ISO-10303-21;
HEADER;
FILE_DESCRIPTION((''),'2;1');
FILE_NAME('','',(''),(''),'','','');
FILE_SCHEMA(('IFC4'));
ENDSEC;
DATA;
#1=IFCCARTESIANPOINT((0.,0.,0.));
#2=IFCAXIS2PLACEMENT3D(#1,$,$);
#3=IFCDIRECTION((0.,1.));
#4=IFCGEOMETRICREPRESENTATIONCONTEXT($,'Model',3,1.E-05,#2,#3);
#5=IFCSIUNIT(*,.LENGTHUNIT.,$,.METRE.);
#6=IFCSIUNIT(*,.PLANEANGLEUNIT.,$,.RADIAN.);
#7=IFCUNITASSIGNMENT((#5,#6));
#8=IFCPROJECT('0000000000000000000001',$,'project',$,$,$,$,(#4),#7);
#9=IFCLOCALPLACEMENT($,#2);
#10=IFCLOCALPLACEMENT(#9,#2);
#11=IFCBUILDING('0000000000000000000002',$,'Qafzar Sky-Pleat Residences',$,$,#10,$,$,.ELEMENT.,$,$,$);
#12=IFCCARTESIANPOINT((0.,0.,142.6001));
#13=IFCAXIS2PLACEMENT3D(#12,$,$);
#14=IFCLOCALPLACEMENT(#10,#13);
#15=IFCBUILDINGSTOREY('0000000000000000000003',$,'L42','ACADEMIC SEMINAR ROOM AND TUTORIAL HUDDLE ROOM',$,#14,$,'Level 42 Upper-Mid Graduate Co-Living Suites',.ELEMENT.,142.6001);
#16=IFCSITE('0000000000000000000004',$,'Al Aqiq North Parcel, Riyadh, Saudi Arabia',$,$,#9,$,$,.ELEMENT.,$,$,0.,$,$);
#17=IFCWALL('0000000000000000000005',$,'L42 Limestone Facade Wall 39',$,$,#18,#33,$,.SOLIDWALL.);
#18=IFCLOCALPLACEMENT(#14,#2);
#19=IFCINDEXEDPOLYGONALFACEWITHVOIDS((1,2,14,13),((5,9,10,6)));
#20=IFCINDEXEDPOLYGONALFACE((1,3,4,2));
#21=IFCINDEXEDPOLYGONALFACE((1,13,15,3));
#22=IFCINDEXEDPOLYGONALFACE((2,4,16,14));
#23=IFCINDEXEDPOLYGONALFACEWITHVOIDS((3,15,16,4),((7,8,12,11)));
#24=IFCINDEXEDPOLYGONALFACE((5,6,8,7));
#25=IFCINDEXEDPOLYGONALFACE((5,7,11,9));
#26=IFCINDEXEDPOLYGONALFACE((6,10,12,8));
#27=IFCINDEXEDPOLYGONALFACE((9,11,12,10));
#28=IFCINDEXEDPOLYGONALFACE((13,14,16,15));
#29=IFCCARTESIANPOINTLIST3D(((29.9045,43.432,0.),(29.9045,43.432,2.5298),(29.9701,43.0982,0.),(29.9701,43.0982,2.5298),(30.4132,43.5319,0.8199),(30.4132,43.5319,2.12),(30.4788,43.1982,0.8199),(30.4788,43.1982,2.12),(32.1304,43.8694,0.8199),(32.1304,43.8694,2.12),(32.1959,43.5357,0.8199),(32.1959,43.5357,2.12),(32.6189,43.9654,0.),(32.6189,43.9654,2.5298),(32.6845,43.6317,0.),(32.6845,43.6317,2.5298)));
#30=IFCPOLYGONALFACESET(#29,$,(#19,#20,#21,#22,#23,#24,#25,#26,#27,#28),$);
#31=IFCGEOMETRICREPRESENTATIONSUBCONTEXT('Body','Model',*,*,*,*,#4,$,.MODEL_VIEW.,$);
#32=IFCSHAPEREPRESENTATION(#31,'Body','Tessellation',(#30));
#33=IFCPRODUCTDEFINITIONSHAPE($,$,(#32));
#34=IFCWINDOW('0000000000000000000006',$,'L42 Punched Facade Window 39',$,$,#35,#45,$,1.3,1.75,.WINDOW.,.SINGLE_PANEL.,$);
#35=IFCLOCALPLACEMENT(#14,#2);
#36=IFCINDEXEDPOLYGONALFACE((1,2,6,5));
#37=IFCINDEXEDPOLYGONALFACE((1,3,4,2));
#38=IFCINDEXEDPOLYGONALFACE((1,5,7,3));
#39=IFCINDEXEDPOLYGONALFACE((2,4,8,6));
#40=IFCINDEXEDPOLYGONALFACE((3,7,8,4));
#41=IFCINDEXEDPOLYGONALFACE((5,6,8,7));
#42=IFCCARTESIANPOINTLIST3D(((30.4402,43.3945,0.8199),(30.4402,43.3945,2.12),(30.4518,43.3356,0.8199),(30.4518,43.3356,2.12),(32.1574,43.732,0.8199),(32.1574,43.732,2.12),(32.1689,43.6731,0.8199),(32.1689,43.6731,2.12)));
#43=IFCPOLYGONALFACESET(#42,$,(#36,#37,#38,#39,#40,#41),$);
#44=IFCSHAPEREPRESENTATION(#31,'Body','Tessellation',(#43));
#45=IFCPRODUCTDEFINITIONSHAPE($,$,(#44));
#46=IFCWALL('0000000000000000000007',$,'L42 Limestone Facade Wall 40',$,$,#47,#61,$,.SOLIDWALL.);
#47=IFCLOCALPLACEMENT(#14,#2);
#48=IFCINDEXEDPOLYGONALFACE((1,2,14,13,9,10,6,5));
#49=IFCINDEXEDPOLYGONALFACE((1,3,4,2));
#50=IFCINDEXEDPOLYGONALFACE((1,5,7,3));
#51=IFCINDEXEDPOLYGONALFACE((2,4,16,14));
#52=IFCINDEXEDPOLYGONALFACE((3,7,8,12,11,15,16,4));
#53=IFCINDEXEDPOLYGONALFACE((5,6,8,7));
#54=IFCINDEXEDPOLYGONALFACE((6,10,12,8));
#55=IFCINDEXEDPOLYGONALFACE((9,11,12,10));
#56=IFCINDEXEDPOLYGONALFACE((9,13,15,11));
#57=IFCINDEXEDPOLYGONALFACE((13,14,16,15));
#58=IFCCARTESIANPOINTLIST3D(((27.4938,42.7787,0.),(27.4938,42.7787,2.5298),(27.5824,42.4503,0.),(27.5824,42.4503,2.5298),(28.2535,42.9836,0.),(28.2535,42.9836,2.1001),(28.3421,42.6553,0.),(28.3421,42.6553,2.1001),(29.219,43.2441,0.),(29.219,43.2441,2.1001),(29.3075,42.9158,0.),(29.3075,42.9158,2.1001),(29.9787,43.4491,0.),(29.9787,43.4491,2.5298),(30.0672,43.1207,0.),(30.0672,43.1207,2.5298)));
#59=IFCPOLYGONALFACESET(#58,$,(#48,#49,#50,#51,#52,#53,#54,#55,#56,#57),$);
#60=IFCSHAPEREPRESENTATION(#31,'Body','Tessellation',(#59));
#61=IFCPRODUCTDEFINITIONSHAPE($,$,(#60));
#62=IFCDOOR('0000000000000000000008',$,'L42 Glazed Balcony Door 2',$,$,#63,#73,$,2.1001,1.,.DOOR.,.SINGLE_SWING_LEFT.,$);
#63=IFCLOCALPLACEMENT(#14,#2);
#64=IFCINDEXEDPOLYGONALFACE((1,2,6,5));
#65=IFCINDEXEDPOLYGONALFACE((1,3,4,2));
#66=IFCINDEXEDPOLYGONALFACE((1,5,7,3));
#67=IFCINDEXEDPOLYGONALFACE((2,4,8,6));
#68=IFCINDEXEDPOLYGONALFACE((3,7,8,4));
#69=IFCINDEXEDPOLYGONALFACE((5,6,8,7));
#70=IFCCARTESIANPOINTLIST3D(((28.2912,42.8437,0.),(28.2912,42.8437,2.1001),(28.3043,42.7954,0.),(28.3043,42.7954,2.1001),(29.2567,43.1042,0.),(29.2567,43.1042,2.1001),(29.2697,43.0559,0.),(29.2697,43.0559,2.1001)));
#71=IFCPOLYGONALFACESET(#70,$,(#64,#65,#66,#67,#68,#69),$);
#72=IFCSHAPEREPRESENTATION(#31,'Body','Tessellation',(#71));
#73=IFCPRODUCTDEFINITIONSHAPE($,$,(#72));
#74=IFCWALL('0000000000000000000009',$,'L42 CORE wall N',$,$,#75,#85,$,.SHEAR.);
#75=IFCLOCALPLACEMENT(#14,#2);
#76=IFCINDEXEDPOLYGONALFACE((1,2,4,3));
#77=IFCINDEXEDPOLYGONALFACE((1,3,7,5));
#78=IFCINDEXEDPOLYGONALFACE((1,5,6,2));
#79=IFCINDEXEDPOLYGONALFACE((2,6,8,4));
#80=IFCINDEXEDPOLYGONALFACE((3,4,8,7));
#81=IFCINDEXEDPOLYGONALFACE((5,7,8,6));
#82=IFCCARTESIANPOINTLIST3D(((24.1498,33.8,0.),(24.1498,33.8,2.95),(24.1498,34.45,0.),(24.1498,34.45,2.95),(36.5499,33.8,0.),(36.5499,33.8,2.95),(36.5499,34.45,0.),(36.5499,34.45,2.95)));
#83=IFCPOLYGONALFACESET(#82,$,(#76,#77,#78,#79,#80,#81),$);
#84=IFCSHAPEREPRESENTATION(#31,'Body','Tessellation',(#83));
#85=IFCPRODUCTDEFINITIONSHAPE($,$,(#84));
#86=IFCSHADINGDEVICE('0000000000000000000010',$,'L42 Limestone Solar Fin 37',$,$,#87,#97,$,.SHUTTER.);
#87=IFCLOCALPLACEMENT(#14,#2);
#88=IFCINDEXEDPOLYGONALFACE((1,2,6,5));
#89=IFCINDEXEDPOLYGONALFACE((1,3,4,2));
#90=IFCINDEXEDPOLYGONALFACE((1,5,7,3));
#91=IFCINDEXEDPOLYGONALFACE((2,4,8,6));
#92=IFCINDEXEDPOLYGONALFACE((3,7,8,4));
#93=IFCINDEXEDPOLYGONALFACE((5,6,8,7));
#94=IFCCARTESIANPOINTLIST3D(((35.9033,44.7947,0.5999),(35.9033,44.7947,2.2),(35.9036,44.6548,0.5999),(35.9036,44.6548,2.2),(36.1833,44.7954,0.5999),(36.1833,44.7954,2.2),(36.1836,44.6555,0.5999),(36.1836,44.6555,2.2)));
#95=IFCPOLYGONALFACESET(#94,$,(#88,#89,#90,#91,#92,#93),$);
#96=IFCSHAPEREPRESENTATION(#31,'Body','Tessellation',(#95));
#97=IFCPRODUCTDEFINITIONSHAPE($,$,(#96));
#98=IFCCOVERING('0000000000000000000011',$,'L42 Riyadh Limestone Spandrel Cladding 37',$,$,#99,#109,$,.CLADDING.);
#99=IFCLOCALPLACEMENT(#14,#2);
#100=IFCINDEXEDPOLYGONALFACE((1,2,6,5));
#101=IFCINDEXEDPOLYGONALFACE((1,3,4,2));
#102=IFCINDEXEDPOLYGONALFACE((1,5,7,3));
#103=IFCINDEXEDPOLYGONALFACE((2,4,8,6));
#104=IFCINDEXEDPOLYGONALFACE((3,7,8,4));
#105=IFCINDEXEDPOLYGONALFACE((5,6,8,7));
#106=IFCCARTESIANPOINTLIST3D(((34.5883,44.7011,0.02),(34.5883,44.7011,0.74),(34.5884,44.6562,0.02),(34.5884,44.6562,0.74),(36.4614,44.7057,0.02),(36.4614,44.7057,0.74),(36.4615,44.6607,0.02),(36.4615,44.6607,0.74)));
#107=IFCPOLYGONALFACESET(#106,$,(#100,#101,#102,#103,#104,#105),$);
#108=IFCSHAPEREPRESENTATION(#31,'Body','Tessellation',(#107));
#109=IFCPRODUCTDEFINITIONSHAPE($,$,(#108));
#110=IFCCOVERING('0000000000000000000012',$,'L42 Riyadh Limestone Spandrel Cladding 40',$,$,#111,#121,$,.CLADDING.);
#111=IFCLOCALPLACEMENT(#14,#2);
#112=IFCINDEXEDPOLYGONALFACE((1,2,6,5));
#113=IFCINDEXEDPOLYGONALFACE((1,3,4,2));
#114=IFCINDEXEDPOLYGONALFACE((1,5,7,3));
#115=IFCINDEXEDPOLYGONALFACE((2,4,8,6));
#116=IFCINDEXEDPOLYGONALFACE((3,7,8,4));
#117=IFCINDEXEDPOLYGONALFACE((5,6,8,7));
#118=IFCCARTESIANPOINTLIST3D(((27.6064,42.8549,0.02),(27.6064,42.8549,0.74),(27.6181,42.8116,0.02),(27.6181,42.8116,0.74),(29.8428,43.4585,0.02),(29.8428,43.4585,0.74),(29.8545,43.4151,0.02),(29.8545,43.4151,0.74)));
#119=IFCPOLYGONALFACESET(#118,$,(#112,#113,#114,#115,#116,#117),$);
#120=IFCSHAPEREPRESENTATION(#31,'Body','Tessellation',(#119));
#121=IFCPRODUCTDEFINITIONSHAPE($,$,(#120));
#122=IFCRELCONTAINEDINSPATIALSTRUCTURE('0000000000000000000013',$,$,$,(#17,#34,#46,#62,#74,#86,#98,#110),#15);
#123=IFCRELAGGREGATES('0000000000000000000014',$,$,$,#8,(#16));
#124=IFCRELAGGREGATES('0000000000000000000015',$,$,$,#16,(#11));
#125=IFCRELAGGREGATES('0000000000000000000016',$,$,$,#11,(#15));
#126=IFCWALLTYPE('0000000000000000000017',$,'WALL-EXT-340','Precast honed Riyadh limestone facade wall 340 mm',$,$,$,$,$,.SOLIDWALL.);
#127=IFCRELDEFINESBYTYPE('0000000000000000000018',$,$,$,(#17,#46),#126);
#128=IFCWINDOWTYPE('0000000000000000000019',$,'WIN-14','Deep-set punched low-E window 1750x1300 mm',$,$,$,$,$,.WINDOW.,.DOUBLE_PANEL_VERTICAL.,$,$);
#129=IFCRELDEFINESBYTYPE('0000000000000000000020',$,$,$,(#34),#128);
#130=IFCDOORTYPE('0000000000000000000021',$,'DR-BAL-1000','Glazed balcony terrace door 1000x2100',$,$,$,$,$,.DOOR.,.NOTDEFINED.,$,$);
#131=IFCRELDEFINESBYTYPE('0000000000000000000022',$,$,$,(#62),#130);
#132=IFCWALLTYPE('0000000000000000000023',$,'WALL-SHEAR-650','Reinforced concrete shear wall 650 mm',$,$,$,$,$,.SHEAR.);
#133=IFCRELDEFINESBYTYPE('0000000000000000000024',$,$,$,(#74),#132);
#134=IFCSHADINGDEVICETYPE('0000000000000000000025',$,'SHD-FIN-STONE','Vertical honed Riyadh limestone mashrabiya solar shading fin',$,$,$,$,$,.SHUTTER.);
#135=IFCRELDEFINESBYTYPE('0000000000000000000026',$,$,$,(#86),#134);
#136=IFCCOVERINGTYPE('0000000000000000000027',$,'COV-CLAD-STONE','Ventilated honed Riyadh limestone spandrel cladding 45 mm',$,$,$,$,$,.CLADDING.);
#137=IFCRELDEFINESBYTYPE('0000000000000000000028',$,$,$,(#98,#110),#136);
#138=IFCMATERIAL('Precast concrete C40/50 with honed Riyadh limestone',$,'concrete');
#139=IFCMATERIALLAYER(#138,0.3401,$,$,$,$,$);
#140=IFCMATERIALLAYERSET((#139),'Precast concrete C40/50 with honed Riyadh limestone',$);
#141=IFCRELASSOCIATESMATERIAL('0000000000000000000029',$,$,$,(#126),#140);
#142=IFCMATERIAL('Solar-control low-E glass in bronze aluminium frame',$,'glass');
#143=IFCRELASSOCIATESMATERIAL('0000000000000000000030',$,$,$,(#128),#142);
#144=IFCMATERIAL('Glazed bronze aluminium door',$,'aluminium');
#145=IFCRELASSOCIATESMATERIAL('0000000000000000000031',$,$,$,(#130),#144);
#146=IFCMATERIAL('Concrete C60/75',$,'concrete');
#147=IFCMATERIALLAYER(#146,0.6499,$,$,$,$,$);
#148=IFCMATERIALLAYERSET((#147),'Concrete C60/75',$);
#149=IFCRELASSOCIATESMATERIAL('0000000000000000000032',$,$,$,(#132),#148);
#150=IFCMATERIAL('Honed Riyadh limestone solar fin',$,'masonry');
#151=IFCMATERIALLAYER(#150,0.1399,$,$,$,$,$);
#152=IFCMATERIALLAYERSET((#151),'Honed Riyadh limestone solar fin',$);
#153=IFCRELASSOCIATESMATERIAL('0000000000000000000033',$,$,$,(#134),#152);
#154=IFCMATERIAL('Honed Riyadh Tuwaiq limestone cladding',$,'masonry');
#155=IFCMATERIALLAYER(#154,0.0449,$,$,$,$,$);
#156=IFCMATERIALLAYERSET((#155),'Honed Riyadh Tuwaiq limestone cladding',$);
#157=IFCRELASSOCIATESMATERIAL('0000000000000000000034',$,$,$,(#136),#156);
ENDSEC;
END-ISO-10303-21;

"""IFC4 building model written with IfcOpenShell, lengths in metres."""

from ifc_helpers import new_model, si_unit, direction, frame, frame_2d, origin, origin_2d, place, context, subcontext, project, spatial, rectangle, extrude, source, transform, mapped, material, layer, layer_set, type_object, element, fill, save


model = new_model("IFC4")

# Units and contexts
model_context = context("Model", 3, precision=1e-05, world=origin(), true_north=direction((0.0, 1.0)))
body_context = subcontext(model_context, "Body", "Model", "MODEL_VIEW")
ifc_project = project(units=[si_unit("LENGTHUNIT", "METRE"), si_unit("PLANEANGLEUNIT", "RADIAN")], contexts=[model_context])

# Site, building, storey
site_placement = place(None, origin())
site = spatial("IfcSite", under=ifc_project, at=site_placement, Name="Al Aqiq North Parcel, Riyadh, Saudi Arabia", CompositionType="ELEMENT", RefElevation=0.0)
building_placement = place(site_placement, origin())
building = spatial("IfcBuilding", under=site, at=building_placement, Name="Qafzar Sky-Pleat Residences", CompositionType="ELEMENT")
storey_placement = place(building_placement, frame((0.0, 0.0, 142.6001)))
storey = spatial("IfcBuildingStorey", under=building, at=storey_placement, Name="L42", Description="ACADEMIC SEMINAR ROOM AND TUTORIAL HUDDLE ROOM", LongName="Level 42 Upper-Mid Graduate Co-Living Suites", CompositionType="ELEMENT", Elevation=142.6001)

# Wall, opening, window
ifc_material_1 = material(Name="Precast concrete C40/50 with honed Riyadh limestone", Category="concrete")
ifc_layer_1 = layer(ifc_material_1, 0.3401)
ifc_layer_set_1 = layer_set([ifc_layer_1], Name="Precast concrete C40/50 with honed Riyadh limestone")
wall_type_1 = type_object("IfcWallType", Name="WALL-EXT-340", Description="Precast honed Riyadh limestone facade wall 340 mm", PredefinedType="SOLIDWALL", material=ifc_layer_set_1)
ifc_material_2 = material(Name="Solar-control low-E glass in bronze aluminium frame", Category="glass")
wall_1_placement = place(storey_placement, frame((32.6519, 43.7986, 0.0), z_axis=(0.0, 0.0, 1.0), x_axis=(-0.98123, -0.192839, 0.0)))
wall_1 = element("IfcWall", 1, at=wall_1_placement, inside=storey, type_object=wall_type_1, Name="L42 Limestone Facade Wall 39", PredefinedType="SOLIDWALL", context=body_context, shape_type="SweptSolid", body=[
    extrude(rectangle(XDim=2.7664, YDim=0.3401, at=frame_2d((1.3833, 0.0))), origin(), (0.0, 0.0, 1.0), 2.5298),
])
opening_1_placement = place(wall_1_placement, frame((0.498, 0.0, 0.8201)))
opening_1 = element("IfcOpeningElement", 2, at=opening_1_placement, cuts=wall_1, PredefinedType="OPENING", context=body_context, shape_type="SweptSolid", body=[
    extrude(rectangle(XDim=1.75, YDim=1.3, at=frame_2d((0.875, 0.6499))), frame((0.0, 0.1802, 0.0), z_axis=(0.0, -1.0, 0.0), x_axis=(1.0, 0.0, 0.0)), (0.0, 0.0, 1.0), 0.3601),
])
window_type_1 = type_object("IfcWindowType", Name="WIN-14", Description="Deep-set punched low-E window 1750x1300 mm", PartitioningType="DOUBLE_PANEL_VERTICAL", PredefinedType="WINDOW", material=ifc_material_2)
shared_shape_1 = source(origin(), body_context, "Body", "SweptSolid", [
    extrude(rectangle(XDim=1.75, YDim=1.3, at=frame_2d((0.875, 0.6499))), frame((0.0, 0.03, 0.0), z_axis=(0.0, -1.0, 0.0), x_axis=(1.0, 0.0, 0.0)), (0.0, 0.0, 1.0), 0.0601),
])
window_1_placement = place(opening_1_placement, origin())
window_1 = element("IfcWindow", 3, at=window_1_placement, inside=storey, type_object=window_type_1, Name="L42 Punched Facade Window 39", OverallHeight=1.3, OverallWidth=1.75, PartitioningType="SINGLE_PANEL", PredefinedType="WINDOW", context=body_context, shape_type="MappedRepresentation", body=[
    mapped(shared_shape_1, transform((0.0, 0.0, 0.0), x_axis=(1.0, 0.0, 0.0), y_axis=(0.0, 1.0, 0.0), z_axis=(0.0, 0.0, 1.0), scale=1.0)),
])
fill(opening_1, window_1)

# Wall, opening, door
wall_2_placement = place(storey_placement, frame((30.0229, 43.2849, 0.0), z_axis=(0.0, 0.0, 1.0), x_axis=(-0.965478, -0.260484, 0.0)))
wall_2 = element("IfcWall", 4, at=wall_2_placement, inside=storey, type_object=wall_type_1, Name="L42 Limestone Facade Wall 40", PredefinedType="SOLIDWALL", context=body_context, shape_type="SweptSolid", body=[
    extrude(rectangle(XDim=2.5737, YDim=0.3401, at=frame_2d((1.2869, 0.0))), origin(), (0.0, 0.0, 1.0), 2.5298),
])
opening_2_placement = place(wall_2_placement, frame((0.7869, 0.0, 0.0)))
opening_2 = element("IfcOpeningElement", 5, at=opening_2_placement, cuts=wall_2, PredefinedType="OPENING", context=body_context, shape_type="SweptSolid", body=[
    extrude(rectangle(XDim=1.0, YDim=2.1001, at=frame_2d((0.5, 1.05))), frame((0.0, 0.1802, 0.0), z_axis=(0.0, -1.0, 0.0), x_axis=(1.0, 0.0, 0.0)), (0.0, 0.0, 1.0), 0.3601),
])
ifc_material_3 = material(Name="Glazed bronze aluminium door", Category="aluminium")
door_type_1 = type_object("IfcDoorType", Name="DR-BAL-1000", Description="Glazed balcony terrace door 1000x2100", OperationType="NOTDEFINED", PredefinedType="DOOR", material=ifc_material_3)
shared_shape_2 = source(origin(), body_context, "Body", "SweptSolid", [
    extrude(rectangle(XDim=1.0, YDim=2.1001, at=frame_2d((0.5, 1.05))), frame((0.0, 0.0249, 0.0), z_axis=(0.0, -1.0, 0.0), x_axis=(1.0, 0.0, 0.0)), (0.0, 0.0, 1.0), 0.05),
])
door_1_placement = place(opening_2_placement, origin())
door_1 = element("IfcDoor", 6, at=door_1_placement, inside=storey, type_object=door_type_1, Name="L42 Glazed Balcony Door 2", OperationType="SINGLE_SWING_LEFT", OverallHeight=2.1001, OverallWidth=1.0, PredefinedType="DOOR", context=body_context, shape_type="MappedRepresentation", body=[
    mapped(shared_shape_2, transform((0.0, 0.0, 0.0), x_axis=(1.0, 0.0, 0.0), y_axis=(0.0, 1.0, 0.0), z_axis=(0.0, 0.0, 1.0), scale=1.0)),
])
fill(opening_2, door_1)

# Wall
ifc_material_4 = material(Name="Concrete C60/75", Category="concrete")
ifc_layer_2 = layer(ifc_material_4, 0.6499)
ifc_layer_set_2 = layer_set([ifc_layer_2], Name="Concrete C60/75")
wall_type_2 = type_object("IfcWallType", Name="WALL-SHEAR-650", Description="Reinforced concrete shear wall 650 mm", PredefinedType="SHEAR", material=ifc_layer_set_2)
wall_3_placement = place(storey_placement, frame((36.55, 34.125, 0.0), z_axis=(0.0, 0.0, 1.0), x_axis=(-1.0, 0.0, 0.0)))
element("IfcWall", 7, at=wall_3_placement, inside=storey, type_object=wall_type_2, Name="L42 CORE wall N", PredefinedType="SHEAR", context=body_context, shape_type="SweptSolid", body=[
    extrude(rectangle(XDim=12.4001, YDim=0.6499, at=frame_2d((6.2002, 0.0))), origin(), (0.0, 0.0, 1.0), 2.95),
])

# Shading device
ifc_material_5 = material(Name="Honed Riyadh limestone solar fin", Category="masonry")
ifc_layer_3 = layer(ifc_material_5, 0.1399)
ifc_layer_set_3 = layer_set([ifc_layer_3], Name="Honed Riyadh limestone solar fin")
shading_device_type = type_object("IfcShadingDeviceType", Name="SHD-FIN-STONE", Description="Vertical honed Riyadh limestone mashrabiya solar shading fin", PredefinedType="SHUTTER", material=ifc_layer_set_3)
shared_shape_3 = source(origin(), body_context, "Body", "SweptSolid", [
    extrude(rectangle(XDim=0.1399, YDim=0.28, at=origin_2d()), origin(), (0.0, 0.0, 1.0), 1.6001),
])
shading_device_placement = place(storey_placement, frame((36.0435, 44.7251, 0.5999), z_axis=(0.0, 0.0, 1.0), x_axis=(-0.002444, 0.999997, 0.0)))
element("IfcShadingDevice", 8, at=shading_device_placement, inside=storey, type_object=shading_device_type, Name="L42 Limestone Solar Fin 37", PredefinedType="SHUTTER", context=body_context, shape_type="MappedRepresentation", body=[
    mapped(shared_shape_3, transform((0.0, 0.0, 0.0), x_axis=(1.0, 0.0, 0.0), y_axis=(0.0, 1.0, 0.0), z_axis=(0.0, 0.0, 1.0), scale=1.0)),
])

# Covering
ifc_material_6 = material(Name="Honed Riyadh Tuwaiq limestone cladding", Category="masonry")
ifc_layer_4 = layer(ifc_material_6, 0.0449)
ifc_layer_set_4 = layer_set([ifc_layer_4], Name="Honed Riyadh Tuwaiq limestone cladding")
covering_type = type_object("IfcCoveringType", Name="COV-CLAD-STONE", Description="Ventilated honed Riyadh limestone spandrel cladding 45 mm", PredefinedType="CLADDING", material=ifc_layer_set_4)
shared_shape_4 = source(origin(), body_context, "Body", "SweptSolid", [
    extrude(rectangle(XDim=1.873, YDim=0.0449, at=origin_2d()), origin(), (0.0, 0.0, 1.0), 0.72),
])
covering_1_placement = place(storey_placement, frame((35.5249, 44.6809, 0.02), z_axis=(0.0, 0.0, 1.0), x_axis=(-0.999997, -0.002451, 0.0)))
element("IfcCovering", 9, at=covering_1_placement, inside=storey, type_object=covering_type, Name="L42 Riyadh Limestone Spandrel Cladding 37", PredefinedType="CLADDING", context=body_context, shape_type="MappedRepresentation", body=[
    mapped(shared_shape_4, transform((0.0, 0.0, 0.0), x_axis=(1.0, 0.0, 0.0), y_axis=(0.0, 1.0, 0.0), z_axis=(0.0, 0.0, 1.0), scale=1.0)),
])

# Covering
shared_shape_5 = source(origin(), body_context, "Body", "SweptSolid", [
    extrude(rectangle(XDim=2.3164, YDim=0.0449, at=origin_2d()), origin(), (0.0, 0.0, 1.0), 0.72),
])
covering_2_placement = place(storey_placement, frame((28.7305, 43.135, 0.02), z_axis=(0.0, 0.0, 1.0), x_axis=(-0.965461, -0.260549, 0.0)))
element("IfcCovering", 10, at=covering_2_placement, inside=storey, type_object=covering_type, Name="L42 Riyadh Limestone Spandrel Cladding 40", PredefinedType="CLADDING", context=body_context, shape_type="MappedRepresentation", body=[
    mapped(shared_shape_5, transform((0.0, 0.0, 0.0), x_axis=(1.0, 0.0, 0.0), y_axis=(0.0, 1.0, 0.0), z_axis=(0.0, 0.0, 1.0), scale=1.0)),
])

save(model, "model.ifc")
